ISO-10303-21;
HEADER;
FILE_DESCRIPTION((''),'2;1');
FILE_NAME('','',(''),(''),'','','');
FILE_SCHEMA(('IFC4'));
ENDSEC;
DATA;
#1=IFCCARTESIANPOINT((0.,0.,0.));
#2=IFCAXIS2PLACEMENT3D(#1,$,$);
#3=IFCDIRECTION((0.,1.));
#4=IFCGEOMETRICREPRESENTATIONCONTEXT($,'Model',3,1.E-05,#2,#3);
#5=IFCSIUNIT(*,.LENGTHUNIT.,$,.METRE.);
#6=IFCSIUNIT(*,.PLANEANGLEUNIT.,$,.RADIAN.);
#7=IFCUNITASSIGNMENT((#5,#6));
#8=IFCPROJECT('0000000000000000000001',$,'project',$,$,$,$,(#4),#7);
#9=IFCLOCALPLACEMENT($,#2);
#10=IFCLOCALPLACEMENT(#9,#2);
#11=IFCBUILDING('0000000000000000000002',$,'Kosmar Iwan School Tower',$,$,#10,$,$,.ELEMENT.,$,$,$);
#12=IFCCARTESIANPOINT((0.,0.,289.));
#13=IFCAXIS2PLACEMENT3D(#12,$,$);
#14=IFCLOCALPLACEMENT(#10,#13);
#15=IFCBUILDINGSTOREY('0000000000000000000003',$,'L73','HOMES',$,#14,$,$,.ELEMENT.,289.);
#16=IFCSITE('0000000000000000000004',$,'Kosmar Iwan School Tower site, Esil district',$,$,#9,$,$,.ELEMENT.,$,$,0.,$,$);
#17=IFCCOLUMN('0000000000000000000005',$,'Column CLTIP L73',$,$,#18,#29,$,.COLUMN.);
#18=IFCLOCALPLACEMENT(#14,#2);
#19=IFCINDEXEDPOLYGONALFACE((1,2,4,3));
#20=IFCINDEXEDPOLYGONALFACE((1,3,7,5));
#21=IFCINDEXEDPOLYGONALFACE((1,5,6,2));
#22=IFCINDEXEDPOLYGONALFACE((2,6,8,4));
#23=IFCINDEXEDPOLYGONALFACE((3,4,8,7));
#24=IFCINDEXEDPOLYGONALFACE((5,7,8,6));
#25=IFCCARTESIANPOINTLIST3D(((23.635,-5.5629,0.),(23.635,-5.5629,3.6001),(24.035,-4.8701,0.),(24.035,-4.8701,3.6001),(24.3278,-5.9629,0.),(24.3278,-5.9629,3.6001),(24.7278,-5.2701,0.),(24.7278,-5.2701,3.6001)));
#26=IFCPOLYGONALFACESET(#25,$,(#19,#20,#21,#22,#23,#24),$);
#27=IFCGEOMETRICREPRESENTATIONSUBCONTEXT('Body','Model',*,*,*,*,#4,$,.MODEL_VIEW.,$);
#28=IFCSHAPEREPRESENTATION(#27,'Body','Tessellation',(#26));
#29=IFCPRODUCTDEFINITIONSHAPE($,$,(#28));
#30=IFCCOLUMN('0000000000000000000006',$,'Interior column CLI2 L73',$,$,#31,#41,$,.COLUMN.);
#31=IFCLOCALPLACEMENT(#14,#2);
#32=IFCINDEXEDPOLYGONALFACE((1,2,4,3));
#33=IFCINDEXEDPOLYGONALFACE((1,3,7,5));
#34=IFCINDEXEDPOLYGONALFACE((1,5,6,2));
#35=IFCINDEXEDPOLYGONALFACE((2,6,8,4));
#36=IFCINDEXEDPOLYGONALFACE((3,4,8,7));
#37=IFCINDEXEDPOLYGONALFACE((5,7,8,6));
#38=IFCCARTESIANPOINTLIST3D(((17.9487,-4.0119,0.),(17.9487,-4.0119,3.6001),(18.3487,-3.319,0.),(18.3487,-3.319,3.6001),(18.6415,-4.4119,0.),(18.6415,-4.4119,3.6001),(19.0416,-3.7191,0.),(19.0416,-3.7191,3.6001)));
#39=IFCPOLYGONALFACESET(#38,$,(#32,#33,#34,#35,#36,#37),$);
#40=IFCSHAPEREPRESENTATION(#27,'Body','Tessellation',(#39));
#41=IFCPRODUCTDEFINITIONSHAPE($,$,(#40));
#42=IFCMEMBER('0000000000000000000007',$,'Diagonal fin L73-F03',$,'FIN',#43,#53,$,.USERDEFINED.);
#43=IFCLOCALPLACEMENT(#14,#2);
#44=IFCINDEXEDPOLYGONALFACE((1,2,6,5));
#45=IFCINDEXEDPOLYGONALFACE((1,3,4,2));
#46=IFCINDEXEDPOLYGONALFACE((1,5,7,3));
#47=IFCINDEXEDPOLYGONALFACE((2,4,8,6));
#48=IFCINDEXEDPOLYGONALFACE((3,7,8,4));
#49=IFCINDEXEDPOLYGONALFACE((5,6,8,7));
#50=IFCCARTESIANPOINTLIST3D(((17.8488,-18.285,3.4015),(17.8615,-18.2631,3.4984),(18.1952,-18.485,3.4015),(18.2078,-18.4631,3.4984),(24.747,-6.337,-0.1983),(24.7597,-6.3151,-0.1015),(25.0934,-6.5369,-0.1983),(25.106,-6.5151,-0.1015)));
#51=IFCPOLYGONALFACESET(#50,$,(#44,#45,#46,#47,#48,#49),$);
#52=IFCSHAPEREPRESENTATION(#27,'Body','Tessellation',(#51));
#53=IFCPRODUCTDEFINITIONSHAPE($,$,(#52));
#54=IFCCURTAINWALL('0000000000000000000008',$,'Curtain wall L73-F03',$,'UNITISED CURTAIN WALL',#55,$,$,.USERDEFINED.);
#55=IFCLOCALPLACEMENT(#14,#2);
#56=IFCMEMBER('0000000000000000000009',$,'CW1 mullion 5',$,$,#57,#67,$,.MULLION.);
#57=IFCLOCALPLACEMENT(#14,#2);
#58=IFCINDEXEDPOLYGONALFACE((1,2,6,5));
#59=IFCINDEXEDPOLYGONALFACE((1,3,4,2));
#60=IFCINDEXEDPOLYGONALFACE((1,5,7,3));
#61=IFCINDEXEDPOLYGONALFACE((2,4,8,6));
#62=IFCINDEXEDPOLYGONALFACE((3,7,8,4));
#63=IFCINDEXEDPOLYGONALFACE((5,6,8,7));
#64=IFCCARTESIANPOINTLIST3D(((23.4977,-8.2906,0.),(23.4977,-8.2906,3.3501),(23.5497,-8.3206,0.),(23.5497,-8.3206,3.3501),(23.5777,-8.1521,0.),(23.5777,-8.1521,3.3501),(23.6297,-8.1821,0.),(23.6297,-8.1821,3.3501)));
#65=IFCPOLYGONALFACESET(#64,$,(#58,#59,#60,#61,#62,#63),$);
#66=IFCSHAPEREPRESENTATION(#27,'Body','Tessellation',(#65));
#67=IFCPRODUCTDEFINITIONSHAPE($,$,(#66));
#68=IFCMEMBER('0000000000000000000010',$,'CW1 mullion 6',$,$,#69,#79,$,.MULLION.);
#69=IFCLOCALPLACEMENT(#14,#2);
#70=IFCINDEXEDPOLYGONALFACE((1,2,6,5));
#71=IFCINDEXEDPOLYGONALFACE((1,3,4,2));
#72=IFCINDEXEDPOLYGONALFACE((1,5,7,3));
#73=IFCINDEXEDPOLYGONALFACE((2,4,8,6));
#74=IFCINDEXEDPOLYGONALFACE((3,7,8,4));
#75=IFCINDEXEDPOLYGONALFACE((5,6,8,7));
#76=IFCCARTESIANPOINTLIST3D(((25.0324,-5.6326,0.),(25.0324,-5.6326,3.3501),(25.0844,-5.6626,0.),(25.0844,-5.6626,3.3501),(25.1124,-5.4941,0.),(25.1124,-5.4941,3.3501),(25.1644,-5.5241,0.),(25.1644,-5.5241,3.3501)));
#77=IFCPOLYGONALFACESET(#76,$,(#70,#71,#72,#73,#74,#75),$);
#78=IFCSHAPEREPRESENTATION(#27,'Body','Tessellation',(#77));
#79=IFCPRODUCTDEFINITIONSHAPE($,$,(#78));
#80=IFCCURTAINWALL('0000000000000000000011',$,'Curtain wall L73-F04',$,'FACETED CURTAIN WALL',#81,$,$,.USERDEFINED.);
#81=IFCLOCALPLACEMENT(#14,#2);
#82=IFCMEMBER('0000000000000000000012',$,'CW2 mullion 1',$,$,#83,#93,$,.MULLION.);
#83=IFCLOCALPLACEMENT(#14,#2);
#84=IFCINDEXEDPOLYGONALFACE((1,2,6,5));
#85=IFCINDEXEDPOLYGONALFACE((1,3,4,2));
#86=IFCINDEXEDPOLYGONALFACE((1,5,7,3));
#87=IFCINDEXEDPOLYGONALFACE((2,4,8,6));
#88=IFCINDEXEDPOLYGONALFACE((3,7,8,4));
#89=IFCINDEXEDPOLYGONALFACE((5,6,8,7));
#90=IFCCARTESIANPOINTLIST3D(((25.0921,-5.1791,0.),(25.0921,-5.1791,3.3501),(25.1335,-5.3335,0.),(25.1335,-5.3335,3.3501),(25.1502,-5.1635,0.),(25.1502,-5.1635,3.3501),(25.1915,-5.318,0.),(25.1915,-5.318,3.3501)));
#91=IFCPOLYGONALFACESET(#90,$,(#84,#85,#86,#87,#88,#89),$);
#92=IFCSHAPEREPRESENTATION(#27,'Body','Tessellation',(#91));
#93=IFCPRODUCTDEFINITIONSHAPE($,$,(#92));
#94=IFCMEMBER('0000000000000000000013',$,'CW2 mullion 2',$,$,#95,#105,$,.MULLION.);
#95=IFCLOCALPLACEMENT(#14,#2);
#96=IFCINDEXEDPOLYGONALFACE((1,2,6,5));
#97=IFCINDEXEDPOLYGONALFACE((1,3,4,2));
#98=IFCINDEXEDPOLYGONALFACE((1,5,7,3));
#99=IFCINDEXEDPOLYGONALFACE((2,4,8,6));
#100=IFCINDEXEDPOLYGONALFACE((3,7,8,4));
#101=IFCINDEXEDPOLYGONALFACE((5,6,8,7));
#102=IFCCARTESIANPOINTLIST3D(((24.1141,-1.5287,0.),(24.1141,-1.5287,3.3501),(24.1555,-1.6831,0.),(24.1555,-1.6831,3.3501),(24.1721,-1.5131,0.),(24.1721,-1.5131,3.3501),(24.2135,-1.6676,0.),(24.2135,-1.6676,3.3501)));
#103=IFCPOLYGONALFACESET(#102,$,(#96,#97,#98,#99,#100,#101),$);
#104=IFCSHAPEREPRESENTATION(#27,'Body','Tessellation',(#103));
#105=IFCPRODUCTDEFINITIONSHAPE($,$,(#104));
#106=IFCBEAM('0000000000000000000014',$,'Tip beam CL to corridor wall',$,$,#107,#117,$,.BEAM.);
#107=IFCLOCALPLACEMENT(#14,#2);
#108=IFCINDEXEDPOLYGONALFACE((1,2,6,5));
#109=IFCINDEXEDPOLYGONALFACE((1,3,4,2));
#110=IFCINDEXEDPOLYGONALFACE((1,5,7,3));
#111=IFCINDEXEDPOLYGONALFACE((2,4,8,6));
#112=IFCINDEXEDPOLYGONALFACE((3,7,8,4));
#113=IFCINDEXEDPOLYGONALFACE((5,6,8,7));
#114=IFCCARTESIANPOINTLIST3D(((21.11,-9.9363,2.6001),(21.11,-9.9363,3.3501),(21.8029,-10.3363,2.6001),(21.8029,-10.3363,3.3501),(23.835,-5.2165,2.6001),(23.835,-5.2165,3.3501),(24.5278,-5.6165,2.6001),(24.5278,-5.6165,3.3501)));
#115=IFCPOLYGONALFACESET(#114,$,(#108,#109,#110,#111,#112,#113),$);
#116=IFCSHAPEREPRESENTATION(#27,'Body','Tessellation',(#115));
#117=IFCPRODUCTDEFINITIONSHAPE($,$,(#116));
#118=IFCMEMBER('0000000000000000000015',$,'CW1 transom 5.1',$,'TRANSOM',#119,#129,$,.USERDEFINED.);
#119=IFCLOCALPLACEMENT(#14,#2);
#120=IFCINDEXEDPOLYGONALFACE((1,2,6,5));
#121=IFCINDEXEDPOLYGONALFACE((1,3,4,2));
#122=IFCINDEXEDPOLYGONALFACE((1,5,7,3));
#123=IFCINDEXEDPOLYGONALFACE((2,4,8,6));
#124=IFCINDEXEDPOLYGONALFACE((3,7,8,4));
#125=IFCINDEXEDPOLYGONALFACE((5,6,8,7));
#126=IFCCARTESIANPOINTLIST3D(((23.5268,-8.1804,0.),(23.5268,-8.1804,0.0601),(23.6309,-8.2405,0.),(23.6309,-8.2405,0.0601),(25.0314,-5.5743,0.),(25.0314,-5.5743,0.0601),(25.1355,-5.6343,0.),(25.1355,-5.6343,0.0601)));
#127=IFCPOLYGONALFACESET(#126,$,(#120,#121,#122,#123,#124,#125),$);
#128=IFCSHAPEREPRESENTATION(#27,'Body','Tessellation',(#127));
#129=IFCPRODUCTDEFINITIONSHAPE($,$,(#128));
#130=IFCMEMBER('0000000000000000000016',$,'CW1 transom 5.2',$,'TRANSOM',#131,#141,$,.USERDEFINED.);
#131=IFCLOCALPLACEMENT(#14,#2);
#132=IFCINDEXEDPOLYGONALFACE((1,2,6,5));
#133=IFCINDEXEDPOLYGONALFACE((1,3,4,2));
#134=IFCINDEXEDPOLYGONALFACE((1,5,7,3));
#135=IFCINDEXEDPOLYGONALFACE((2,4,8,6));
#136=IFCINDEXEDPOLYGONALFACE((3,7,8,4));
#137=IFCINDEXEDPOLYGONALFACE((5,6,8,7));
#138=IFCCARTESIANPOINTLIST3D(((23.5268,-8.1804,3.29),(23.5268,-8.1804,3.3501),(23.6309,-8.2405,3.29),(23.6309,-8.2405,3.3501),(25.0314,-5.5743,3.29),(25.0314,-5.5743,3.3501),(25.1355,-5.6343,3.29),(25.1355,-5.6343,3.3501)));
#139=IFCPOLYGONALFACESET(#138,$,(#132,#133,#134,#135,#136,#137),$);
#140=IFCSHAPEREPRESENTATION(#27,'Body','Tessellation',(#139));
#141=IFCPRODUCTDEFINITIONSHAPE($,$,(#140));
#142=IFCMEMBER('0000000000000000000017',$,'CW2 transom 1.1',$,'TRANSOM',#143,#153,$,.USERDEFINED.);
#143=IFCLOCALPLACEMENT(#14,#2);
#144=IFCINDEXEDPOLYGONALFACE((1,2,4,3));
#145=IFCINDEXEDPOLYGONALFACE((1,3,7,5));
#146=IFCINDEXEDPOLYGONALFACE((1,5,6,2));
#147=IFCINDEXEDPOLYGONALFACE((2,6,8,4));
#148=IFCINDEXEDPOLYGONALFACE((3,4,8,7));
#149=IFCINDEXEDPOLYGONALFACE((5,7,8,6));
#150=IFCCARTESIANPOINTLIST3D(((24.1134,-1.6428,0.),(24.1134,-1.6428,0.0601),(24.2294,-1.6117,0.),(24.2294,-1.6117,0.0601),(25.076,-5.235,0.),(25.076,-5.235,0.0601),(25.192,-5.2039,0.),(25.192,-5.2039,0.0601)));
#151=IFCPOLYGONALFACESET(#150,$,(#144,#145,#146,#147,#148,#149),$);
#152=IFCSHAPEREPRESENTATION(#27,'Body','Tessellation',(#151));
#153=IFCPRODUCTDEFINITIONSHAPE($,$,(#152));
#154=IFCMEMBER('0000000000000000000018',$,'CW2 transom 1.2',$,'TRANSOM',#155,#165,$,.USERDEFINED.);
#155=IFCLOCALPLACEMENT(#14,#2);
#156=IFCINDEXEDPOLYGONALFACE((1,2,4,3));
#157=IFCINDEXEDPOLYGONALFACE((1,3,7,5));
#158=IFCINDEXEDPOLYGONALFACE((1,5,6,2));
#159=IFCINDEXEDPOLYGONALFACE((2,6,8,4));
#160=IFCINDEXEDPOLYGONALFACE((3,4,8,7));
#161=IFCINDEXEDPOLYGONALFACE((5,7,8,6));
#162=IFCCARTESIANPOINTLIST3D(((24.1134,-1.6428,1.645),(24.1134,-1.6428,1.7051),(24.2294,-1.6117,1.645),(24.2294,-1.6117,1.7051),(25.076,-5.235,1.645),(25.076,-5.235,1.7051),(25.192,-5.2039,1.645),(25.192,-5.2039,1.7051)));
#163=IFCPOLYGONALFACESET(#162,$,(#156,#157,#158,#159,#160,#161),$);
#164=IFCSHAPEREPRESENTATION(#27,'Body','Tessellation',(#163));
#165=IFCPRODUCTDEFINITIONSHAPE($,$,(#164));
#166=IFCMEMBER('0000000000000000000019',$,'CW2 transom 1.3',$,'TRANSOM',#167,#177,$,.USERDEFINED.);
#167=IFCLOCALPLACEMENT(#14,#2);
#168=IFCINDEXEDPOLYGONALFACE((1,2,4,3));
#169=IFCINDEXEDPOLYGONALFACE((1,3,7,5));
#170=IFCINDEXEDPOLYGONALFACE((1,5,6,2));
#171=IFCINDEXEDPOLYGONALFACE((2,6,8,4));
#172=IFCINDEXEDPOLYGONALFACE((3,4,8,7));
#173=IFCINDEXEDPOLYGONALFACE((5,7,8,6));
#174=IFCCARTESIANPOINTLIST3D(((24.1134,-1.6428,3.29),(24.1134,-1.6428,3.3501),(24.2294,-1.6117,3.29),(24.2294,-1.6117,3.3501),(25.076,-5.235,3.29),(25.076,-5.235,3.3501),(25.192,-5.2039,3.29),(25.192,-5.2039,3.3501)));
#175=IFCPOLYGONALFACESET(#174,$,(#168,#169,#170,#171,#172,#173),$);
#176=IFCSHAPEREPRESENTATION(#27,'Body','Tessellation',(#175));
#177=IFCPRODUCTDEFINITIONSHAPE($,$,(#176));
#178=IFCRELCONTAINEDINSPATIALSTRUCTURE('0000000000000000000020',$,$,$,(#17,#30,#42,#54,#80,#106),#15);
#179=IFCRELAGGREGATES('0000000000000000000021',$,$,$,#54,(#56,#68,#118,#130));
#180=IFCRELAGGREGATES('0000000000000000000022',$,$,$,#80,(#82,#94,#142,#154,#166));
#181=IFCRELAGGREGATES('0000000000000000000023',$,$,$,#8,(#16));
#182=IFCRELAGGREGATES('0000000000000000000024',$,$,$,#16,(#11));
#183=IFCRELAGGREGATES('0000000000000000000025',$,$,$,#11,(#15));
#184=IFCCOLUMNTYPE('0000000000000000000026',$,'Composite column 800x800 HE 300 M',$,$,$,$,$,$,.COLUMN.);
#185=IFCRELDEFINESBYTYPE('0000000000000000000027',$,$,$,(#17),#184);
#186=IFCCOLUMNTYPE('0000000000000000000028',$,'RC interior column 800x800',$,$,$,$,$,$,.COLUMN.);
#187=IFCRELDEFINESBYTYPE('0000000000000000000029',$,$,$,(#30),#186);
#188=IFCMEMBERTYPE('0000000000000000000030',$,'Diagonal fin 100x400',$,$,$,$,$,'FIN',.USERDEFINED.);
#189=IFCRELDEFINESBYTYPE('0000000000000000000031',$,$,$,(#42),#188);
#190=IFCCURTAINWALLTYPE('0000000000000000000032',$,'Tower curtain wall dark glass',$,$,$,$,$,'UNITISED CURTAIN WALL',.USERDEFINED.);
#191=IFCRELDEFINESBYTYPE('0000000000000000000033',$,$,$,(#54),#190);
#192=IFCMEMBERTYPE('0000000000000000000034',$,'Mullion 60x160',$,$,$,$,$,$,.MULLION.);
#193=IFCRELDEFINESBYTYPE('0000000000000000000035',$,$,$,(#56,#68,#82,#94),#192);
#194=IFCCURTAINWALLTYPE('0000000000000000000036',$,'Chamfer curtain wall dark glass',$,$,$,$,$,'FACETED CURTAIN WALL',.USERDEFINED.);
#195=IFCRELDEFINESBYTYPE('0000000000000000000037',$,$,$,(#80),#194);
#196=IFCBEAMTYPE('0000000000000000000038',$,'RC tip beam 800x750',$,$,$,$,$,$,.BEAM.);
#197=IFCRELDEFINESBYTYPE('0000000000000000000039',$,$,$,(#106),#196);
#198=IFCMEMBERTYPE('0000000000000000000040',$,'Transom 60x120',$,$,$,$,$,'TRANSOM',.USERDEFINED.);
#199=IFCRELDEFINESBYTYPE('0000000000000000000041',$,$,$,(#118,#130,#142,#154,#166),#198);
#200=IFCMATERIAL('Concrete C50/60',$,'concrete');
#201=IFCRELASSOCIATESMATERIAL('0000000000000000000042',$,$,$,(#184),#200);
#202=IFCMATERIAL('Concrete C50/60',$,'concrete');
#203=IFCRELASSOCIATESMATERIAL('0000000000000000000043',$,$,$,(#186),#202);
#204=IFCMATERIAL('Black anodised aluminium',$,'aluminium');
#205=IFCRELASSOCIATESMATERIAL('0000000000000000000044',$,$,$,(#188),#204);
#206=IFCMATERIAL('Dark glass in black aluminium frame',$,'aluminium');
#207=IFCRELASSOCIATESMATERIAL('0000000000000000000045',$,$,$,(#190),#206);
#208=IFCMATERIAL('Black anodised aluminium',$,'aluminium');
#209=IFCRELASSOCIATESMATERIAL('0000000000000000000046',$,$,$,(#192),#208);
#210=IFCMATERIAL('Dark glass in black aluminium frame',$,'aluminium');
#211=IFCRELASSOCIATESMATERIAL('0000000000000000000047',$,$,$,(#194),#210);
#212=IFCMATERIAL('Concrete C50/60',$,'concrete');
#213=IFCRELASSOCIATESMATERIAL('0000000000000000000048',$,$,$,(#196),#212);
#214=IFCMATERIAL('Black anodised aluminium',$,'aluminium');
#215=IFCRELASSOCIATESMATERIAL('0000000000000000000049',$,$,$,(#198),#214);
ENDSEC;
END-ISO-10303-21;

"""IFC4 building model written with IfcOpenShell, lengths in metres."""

from ifc_helpers import new_model, si_unit, direction, frame, origin, origin_2d, place, context, subcontext, project, spatial, rectangle, extrude, material, material_profile, profile_set, type_object, element, aggregate, save


model = new_model("IFC4")

# Units and contexts
model_context = context("Model", 3, precision=1e-05, world=origin(), true_north=direction((0.0, 1.0)))
body_context = subcontext(model_context, "Body", "Model", "MODEL_VIEW")
ifc_project = project(units=[si_unit("LENGTHUNIT", "METRE"), si_unit("PLANEANGLEUNIT", "RADIAN")], contexts=[model_context])

# Site, building, storey
site_placement = place(None, origin())
site = spatial("IfcSite", under=ifc_project, at=site_placement, Name="Kosmar Iwan School Tower site, Esil district", CompositionType="ELEMENT", RefElevation=0.0)
building_placement = place(site_placement, origin())
building = spatial("IfcBuilding", under=site, at=building_placement, Name="Kosmar Iwan School Tower", CompositionType="ELEMENT")
storey_placement = place(building_placement, frame((0.0, 0.0, 289.0)))
storey = spatial("IfcBuildingStorey", under=building, at=storey_placement, Name="L73", Description="HOMES", CompositionType="ELEMENT", Elevation=289.0)

# Columns
ifc_material_1 = material(Name="Concrete C50/60", Category="concrete")
ifc_material_profile_1 = material_profile(ifc_material_1, rectangle(XDim=0.8, YDim=0.8, at=origin_2d()), Name="RC 800x800 + HE 300 M")
ifc_profile_set_1 = profile_set([ifc_material_profile_1], Name="Concrete C50/60")
column_type_1 = type_object("IfcColumnType", Name="Composite column 800x800 HE 300 M", PredefinedType="COLUMN", material=ifc_profile_set_1)
column_1_placement = place(storey_placement, frame((24.1814, -5.4165, 0.0), z_axis=(0.0, 0.0, 1.0), x_axis=(0.866025, -0.5, 0.0)))
element("IfcColumn", 1, at=column_1_placement, inside=storey, type_object=column_type_1, Name="Column CLTIP L73", PredefinedType="COLUMN", context=body_context, shape_type="SweptSolid", body=[
    extrude(rectangle(XDim=0.8, YDim=0.8, at=origin_2d()), origin(), (0.0, 0.0, 1.0), 3.6001),
])
ifc_material_2 = material(Name="Concrete C50/60", Category="concrete")
ifc_material_profile_2 = material_profile(ifc_material_2, rectangle(XDim=0.8, YDim=0.8, at=origin_2d()), Name="RC 800x800")
ifc_profile_set_2 = profile_set([ifc_material_profile_2], Name="Concrete C50/60")
column_type_2 = type_object("IfcColumnType", Name="RC interior column 800x800", PredefinedType="COLUMN", material=ifc_profile_set_2)
column_2_placement = place(storey_placement, frame((18.4951, -3.8655, 0.0), z_axis=(0.0, 0.0, 1.0), x_axis=(0.866025, -0.5, 0.0)))
element("IfcColumn", 2, at=column_2_placement, inside=storey, type_object=column_type_2, Name="Interior column CLI2 L73", PredefinedType="COLUMN", context=body_context, shape_type="SweptSolid", body=[
    extrude(rectangle(XDim=0.8, YDim=0.8, at=origin_2d()), origin(), (0.0, 0.0, 1.0), 3.6001),
])

# Member
ifc_material_3 = material(Name="Black anodised aluminium", Category="aluminium")
ifc_material_profile_3 = material_profile(ifc_material_3, rectangle(XDim=0.1001, YDim=0.3999, at=origin_2d()), Name="FIN 100x400")
ifc_profile_set_3 = profile_set([ifc_material_profile_3], Name="Black anodised aluminium")
member_type_1 = type_object("IfcMemberType", Name="Diagonal fin 100x400", ElementType="FIN", PredefinedType="USERDEFINED", material=ifc_profile_set_3)
member_1_placement = place(storey_placement, frame((24.9265, -6.426, -0.1499), z_axis=(-0.483802, -0.837969, 0.252475), x_axis=(0.126237, 0.218649, 0.967604)))
element("IfcMember", 3, at=member_1_placement, inside=storey, type_object=member_type_1, Name="Diagonal fin L73-F03", ObjectType="FIN", PredefinedType="USERDEFINED", context=body_context, shape_type="SweptSolid", body=[
    extrude(rectangle(XDim=0.1001, YDim=0.3999, at=origin_2d()), origin(), (0.0, 0.0, 1.0), 14.2583),
])

# Curtain walls, members
ifc_material_4 = material(Name="Dark glass in black aluminium frame", Category="aluminium")
curtain_wall_type_1 = type_object("IfcCurtainWallType", Name="Tower curtain wall dark glass", ElementType="UNITISED CURTAIN WALL", PredefinedType="USERDEFINED", material=ifc_material_4)
curtain_wall_1_placement = place(storey_placement, origin())
curtain_wall_1 = element("IfcCurtainWall", 4, at=curtain_wall_1_placement, inside=storey, type_object=curtain_wall_type_1, Name="Curtain wall L73-F03", ObjectType="UNITISED CURTAIN WALL", PredefinedType="USERDEFINED")
ifc_material_5 = material(Name="Black anodised aluminium", Category="aluminium")
ifc_material_profile_4 = material_profile(ifc_material_5, rectangle(XDim=0.0601, YDim=0.1599, at=origin_2d()), Name="MULLION 60x160")
ifc_profile_set_4 = profile_set([ifc_material_profile_4], Name="Black anodised aluminium")
member_type_2 = type_object("IfcMemberType", Name="Mullion 60x160", PredefinedType="MULLION", material=ifc_profile_set_4)
member_2_placement = place(storey_placement, frame((23.5637, -8.2363, 0.0), z_axis=(0.0, 0.0, 1.0), x_axis=(-0.866025, 0.5, 0.0)))
member_2 = element("IfcMember", 5, at=member_2_placement, type_object=member_type_2, Name="CW1 mullion 5", PredefinedType="MULLION", context=body_context, shape_type="SweptSolid", body=[
    extrude(rectangle(XDim=0.0601, YDim=0.1599, at=origin_2d()), origin(), (0.0, 0.0, 1.0), 3.3501),
])
member_3_placement = place(storey_placement, frame((25.0984, -5.5784, 0.0), z_axis=(0.0, 0.0, 1.0), x_axis=(-0.866025, 0.5, 0.0)))
member_3 = element("IfcMember", 6, at=member_3_placement, type_object=member_type_2, Name="CW1 mullion 6", PredefinedType="MULLION", context=body_context, shape_type="SweptSolid", body=[
    extrude(rectangle(XDim=0.0601, YDim=0.1599, at=origin_2d()), origin(), (0.0, 0.0, 1.0), 3.3501),
])
ifc_material_6 = material(Name="Dark glass in black aluminium frame", Category="aluminium")
curtain_wall_type_2 = type_object("IfcCurtainWallType", Name="Chamfer curtain wall dark glass", ElementType="FACETED CURTAIN WALL", PredefinedType="USERDEFINED", material=ifc_material_6)
curtain_wall_2_placement = place(storey_placement, origin())
curtain_wall_2 = element("IfcCurtainWall", 7, at=curtain_wall_2_placement, inside=storey, type_object=curtain_wall_type_2, Name="Curtain wall L73-F04", ObjectType="FACETED CURTAIN WALL", PredefinedType="USERDEFINED")
member_4_placement = place(storey_placement, frame((25.1418, -5.2485, 0.0), z_axis=(0.0, 0.0, 1.0), x_axis=(-0.965926, -0.258819, 0.0)))
member_4 = element("IfcMember", 8, at=member_4_placement, type_object=member_type_2, Name="CW2 mullion 1", PredefinedType="MULLION", context=body_context, shape_type="SweptSolid", body=[
    extrude(rectangle(XDim=0.0601, YDim=0.1599, at=origin_2d()), origin(), (0.0, 0.0, 1.0), 3.3501),
])
member_5_placement = place(storey_placement, frame((24.1638, -1.5981, 0.0), z_axis=(0.0, 0.0, 1.0), x_axis=(-0.965926, -0.258819, 0.0)))
member_5 = element("IfcMember", 9, at=member_5_placement, type_object=member_type_2, Name="CW2 mullion 2", PredefinedType="MULLION", context=body_context, shape_type="SweptSolid", body=[
    extrude(rectangle(XDim=0.0601, YDim=0.1599, at=origin_2d()), origin(), (0.0, 0.0, 1.0), 3.3501),
])

# Beam
ifc_material_7 = material(Name="Concrete C50/60", Category="concrete")
ifc_material_profile_5 = material_profile(ifc_material_7, rectangle(XDim=0.8, YDim=0.75, at=origin_2d()), Name="RC 800x750")
ifc_profile_set_5 = profile_set([ifc_material_profile_5], Name="Concrete C50/60")
beam_type = type_object("IfcBeamType", Name="RC tip beam 800x750", PredefinedType="BEAM", material=ifc_profile_set_5)
beam_placement = place(storey_placement, frame((24.1814, -5.4165, 2.9751), z_axis=(-0.499989, -0.866032, 0.0), x_axis=(0.866032, -0.499989, 0.0)))
element("IfcBeam", 10, at=beam_placement, inside=storey, type_object=beam_type, Name="Tip beam CL to corridor wall", PredefinedType="BEAM", context=body_context, shape_type="SweptSolid", body=[
    extrude(rectangle(XDim=0.8, YDim=0.75, at=origin_2d()), origin(), (0.0, 0.0, 1.0), 5.45),
])

# Members
ifc_material_8 = material(Name="Black anodised aluminium", Category="aluminium")
ifc_material_profile_6 = material_profile(ifc_material_8, rectangle(XDim=0.1201, YDim=0.0601, at=origin_2d()), Name="TRANSOM 60x120")
ifc_profile_set_6 = profile_set([ifc_material_profile_6], Name="Black anodised aluminium")
member_type_3 = type_object("IfcMemberType", Name="Transom 60x120", ElementType="TRANSOM", PredefinedType="USERDEFINED", material=ifc_profile_set_6)
member_6_placement = place(storey_placement, frame((23.5789, -8.2104, 0.03), z_axis=(0.499987, 0.866033, 0.0), x_axis=(-0.866033, 0.499987, 0.0)))
member_6 = element("IfcMember", 11, at=member_6_placement, type_object=member_type_3, Name="CW1 transom 5.1", ObjectType="TRANSOM", PredefinedType="USERDEFINED", context=body_context, shape_type="SweptSolid", body=[
    extrude(rectangle(XDim=0.1201, YDim=0.0601, at=origin_2d()), origin(), (0.0, 0.0, 1.0), 3.0093),
])
member_7_placement = place(storey_placement, frame((23.5789, -8.2104, 3.3201), z_axis=(0.499987, 0.866033, 0.0), x_axis=(-0.866033, 0.499987, 0.0)))
member_7 = element("IfcMember", 12, at=member_7_placement, type_object=member_type_3, Name="CW1 transom 5.2", ObjectType="TRANSOM", PredefinedType="USERDEFINED", context=body_context, shape_type="SweptSolid", body=[
    extrude(rectangle(XDim=0.1201, YDim=0.0601, at=origin_2d()), origin(), (0.0, 0.0, 1.0), 3.0093),
])
member_8_placement = place(storey_placement, frame((25.134, -5.2195, 0.03), z_axis=(-0.258843, 0.965919, 0.0), x_axis=(-0.965919, -0.258843, 0.0)))
member_8 = element("IfcMember", 13, at=member_8_placement, type_object=member_type_3, Name="CW2 transom 1.1", ObjectType="TRANSOM", PredefinedType="USERDEFINED", context=body_context, shape_type="SweptSolid", body=[
    extrude(rectangle(XDim=0.1201, YDim=0.0601, at=origin_2d()), origin(), (0.0, 0.0, 1.0), 3.719),
])
member_9_placement = place(storey_placement, frame((25.134, -5.2195, 1.675), z_axis=(-0.258843, 0.965919, 0.0), x_axis=(-0.965919, -0.258843, 0.0)))
member_9 = element("IfcMember", 14, at=member_9_placement, type_object=member_type_3, Name="CW2 transom 1.2", ObjectType="TRANSOM", PredefinedType="USERDEFINED", context=body_context, shape_type="SweptSolid", body=[
    extrude(rectangle(XDim=0.1201, YDim=0.0601, at=origin_2d()), origin(), (0.0, 0.0, 1.0), 3.719),
])
member_10_placement = place(storey_placement, frame((25.134, -5.2195, 3.3201), z_axis=(-0.258843, 0.965919, 0.0), x_axis=(-0.965919, -0.258843, 0.0)))
member_10 = element("IfcMember", 15, at=member_10_placement, type_object=member_type_3, Name="CW2 transom 1.3", ObjectType="TRANSOM", PredefinedType="USERDEFINED", context=body_context, shape_type="SweptSolid", body=[
    extrude(rectangle(XDim=0.1201, YDim=0.0601, at=origin_2d()), origin(), (0.0, 0.0, 1.0), 3.719),
])

aggregate(curtain_wall_1, [member_2, member_3, member_6, member_7])
aggregate(curtain_wall_2, [member_4, member_5, member_8, member_9, member_10])

save(model, "model.ifc")
